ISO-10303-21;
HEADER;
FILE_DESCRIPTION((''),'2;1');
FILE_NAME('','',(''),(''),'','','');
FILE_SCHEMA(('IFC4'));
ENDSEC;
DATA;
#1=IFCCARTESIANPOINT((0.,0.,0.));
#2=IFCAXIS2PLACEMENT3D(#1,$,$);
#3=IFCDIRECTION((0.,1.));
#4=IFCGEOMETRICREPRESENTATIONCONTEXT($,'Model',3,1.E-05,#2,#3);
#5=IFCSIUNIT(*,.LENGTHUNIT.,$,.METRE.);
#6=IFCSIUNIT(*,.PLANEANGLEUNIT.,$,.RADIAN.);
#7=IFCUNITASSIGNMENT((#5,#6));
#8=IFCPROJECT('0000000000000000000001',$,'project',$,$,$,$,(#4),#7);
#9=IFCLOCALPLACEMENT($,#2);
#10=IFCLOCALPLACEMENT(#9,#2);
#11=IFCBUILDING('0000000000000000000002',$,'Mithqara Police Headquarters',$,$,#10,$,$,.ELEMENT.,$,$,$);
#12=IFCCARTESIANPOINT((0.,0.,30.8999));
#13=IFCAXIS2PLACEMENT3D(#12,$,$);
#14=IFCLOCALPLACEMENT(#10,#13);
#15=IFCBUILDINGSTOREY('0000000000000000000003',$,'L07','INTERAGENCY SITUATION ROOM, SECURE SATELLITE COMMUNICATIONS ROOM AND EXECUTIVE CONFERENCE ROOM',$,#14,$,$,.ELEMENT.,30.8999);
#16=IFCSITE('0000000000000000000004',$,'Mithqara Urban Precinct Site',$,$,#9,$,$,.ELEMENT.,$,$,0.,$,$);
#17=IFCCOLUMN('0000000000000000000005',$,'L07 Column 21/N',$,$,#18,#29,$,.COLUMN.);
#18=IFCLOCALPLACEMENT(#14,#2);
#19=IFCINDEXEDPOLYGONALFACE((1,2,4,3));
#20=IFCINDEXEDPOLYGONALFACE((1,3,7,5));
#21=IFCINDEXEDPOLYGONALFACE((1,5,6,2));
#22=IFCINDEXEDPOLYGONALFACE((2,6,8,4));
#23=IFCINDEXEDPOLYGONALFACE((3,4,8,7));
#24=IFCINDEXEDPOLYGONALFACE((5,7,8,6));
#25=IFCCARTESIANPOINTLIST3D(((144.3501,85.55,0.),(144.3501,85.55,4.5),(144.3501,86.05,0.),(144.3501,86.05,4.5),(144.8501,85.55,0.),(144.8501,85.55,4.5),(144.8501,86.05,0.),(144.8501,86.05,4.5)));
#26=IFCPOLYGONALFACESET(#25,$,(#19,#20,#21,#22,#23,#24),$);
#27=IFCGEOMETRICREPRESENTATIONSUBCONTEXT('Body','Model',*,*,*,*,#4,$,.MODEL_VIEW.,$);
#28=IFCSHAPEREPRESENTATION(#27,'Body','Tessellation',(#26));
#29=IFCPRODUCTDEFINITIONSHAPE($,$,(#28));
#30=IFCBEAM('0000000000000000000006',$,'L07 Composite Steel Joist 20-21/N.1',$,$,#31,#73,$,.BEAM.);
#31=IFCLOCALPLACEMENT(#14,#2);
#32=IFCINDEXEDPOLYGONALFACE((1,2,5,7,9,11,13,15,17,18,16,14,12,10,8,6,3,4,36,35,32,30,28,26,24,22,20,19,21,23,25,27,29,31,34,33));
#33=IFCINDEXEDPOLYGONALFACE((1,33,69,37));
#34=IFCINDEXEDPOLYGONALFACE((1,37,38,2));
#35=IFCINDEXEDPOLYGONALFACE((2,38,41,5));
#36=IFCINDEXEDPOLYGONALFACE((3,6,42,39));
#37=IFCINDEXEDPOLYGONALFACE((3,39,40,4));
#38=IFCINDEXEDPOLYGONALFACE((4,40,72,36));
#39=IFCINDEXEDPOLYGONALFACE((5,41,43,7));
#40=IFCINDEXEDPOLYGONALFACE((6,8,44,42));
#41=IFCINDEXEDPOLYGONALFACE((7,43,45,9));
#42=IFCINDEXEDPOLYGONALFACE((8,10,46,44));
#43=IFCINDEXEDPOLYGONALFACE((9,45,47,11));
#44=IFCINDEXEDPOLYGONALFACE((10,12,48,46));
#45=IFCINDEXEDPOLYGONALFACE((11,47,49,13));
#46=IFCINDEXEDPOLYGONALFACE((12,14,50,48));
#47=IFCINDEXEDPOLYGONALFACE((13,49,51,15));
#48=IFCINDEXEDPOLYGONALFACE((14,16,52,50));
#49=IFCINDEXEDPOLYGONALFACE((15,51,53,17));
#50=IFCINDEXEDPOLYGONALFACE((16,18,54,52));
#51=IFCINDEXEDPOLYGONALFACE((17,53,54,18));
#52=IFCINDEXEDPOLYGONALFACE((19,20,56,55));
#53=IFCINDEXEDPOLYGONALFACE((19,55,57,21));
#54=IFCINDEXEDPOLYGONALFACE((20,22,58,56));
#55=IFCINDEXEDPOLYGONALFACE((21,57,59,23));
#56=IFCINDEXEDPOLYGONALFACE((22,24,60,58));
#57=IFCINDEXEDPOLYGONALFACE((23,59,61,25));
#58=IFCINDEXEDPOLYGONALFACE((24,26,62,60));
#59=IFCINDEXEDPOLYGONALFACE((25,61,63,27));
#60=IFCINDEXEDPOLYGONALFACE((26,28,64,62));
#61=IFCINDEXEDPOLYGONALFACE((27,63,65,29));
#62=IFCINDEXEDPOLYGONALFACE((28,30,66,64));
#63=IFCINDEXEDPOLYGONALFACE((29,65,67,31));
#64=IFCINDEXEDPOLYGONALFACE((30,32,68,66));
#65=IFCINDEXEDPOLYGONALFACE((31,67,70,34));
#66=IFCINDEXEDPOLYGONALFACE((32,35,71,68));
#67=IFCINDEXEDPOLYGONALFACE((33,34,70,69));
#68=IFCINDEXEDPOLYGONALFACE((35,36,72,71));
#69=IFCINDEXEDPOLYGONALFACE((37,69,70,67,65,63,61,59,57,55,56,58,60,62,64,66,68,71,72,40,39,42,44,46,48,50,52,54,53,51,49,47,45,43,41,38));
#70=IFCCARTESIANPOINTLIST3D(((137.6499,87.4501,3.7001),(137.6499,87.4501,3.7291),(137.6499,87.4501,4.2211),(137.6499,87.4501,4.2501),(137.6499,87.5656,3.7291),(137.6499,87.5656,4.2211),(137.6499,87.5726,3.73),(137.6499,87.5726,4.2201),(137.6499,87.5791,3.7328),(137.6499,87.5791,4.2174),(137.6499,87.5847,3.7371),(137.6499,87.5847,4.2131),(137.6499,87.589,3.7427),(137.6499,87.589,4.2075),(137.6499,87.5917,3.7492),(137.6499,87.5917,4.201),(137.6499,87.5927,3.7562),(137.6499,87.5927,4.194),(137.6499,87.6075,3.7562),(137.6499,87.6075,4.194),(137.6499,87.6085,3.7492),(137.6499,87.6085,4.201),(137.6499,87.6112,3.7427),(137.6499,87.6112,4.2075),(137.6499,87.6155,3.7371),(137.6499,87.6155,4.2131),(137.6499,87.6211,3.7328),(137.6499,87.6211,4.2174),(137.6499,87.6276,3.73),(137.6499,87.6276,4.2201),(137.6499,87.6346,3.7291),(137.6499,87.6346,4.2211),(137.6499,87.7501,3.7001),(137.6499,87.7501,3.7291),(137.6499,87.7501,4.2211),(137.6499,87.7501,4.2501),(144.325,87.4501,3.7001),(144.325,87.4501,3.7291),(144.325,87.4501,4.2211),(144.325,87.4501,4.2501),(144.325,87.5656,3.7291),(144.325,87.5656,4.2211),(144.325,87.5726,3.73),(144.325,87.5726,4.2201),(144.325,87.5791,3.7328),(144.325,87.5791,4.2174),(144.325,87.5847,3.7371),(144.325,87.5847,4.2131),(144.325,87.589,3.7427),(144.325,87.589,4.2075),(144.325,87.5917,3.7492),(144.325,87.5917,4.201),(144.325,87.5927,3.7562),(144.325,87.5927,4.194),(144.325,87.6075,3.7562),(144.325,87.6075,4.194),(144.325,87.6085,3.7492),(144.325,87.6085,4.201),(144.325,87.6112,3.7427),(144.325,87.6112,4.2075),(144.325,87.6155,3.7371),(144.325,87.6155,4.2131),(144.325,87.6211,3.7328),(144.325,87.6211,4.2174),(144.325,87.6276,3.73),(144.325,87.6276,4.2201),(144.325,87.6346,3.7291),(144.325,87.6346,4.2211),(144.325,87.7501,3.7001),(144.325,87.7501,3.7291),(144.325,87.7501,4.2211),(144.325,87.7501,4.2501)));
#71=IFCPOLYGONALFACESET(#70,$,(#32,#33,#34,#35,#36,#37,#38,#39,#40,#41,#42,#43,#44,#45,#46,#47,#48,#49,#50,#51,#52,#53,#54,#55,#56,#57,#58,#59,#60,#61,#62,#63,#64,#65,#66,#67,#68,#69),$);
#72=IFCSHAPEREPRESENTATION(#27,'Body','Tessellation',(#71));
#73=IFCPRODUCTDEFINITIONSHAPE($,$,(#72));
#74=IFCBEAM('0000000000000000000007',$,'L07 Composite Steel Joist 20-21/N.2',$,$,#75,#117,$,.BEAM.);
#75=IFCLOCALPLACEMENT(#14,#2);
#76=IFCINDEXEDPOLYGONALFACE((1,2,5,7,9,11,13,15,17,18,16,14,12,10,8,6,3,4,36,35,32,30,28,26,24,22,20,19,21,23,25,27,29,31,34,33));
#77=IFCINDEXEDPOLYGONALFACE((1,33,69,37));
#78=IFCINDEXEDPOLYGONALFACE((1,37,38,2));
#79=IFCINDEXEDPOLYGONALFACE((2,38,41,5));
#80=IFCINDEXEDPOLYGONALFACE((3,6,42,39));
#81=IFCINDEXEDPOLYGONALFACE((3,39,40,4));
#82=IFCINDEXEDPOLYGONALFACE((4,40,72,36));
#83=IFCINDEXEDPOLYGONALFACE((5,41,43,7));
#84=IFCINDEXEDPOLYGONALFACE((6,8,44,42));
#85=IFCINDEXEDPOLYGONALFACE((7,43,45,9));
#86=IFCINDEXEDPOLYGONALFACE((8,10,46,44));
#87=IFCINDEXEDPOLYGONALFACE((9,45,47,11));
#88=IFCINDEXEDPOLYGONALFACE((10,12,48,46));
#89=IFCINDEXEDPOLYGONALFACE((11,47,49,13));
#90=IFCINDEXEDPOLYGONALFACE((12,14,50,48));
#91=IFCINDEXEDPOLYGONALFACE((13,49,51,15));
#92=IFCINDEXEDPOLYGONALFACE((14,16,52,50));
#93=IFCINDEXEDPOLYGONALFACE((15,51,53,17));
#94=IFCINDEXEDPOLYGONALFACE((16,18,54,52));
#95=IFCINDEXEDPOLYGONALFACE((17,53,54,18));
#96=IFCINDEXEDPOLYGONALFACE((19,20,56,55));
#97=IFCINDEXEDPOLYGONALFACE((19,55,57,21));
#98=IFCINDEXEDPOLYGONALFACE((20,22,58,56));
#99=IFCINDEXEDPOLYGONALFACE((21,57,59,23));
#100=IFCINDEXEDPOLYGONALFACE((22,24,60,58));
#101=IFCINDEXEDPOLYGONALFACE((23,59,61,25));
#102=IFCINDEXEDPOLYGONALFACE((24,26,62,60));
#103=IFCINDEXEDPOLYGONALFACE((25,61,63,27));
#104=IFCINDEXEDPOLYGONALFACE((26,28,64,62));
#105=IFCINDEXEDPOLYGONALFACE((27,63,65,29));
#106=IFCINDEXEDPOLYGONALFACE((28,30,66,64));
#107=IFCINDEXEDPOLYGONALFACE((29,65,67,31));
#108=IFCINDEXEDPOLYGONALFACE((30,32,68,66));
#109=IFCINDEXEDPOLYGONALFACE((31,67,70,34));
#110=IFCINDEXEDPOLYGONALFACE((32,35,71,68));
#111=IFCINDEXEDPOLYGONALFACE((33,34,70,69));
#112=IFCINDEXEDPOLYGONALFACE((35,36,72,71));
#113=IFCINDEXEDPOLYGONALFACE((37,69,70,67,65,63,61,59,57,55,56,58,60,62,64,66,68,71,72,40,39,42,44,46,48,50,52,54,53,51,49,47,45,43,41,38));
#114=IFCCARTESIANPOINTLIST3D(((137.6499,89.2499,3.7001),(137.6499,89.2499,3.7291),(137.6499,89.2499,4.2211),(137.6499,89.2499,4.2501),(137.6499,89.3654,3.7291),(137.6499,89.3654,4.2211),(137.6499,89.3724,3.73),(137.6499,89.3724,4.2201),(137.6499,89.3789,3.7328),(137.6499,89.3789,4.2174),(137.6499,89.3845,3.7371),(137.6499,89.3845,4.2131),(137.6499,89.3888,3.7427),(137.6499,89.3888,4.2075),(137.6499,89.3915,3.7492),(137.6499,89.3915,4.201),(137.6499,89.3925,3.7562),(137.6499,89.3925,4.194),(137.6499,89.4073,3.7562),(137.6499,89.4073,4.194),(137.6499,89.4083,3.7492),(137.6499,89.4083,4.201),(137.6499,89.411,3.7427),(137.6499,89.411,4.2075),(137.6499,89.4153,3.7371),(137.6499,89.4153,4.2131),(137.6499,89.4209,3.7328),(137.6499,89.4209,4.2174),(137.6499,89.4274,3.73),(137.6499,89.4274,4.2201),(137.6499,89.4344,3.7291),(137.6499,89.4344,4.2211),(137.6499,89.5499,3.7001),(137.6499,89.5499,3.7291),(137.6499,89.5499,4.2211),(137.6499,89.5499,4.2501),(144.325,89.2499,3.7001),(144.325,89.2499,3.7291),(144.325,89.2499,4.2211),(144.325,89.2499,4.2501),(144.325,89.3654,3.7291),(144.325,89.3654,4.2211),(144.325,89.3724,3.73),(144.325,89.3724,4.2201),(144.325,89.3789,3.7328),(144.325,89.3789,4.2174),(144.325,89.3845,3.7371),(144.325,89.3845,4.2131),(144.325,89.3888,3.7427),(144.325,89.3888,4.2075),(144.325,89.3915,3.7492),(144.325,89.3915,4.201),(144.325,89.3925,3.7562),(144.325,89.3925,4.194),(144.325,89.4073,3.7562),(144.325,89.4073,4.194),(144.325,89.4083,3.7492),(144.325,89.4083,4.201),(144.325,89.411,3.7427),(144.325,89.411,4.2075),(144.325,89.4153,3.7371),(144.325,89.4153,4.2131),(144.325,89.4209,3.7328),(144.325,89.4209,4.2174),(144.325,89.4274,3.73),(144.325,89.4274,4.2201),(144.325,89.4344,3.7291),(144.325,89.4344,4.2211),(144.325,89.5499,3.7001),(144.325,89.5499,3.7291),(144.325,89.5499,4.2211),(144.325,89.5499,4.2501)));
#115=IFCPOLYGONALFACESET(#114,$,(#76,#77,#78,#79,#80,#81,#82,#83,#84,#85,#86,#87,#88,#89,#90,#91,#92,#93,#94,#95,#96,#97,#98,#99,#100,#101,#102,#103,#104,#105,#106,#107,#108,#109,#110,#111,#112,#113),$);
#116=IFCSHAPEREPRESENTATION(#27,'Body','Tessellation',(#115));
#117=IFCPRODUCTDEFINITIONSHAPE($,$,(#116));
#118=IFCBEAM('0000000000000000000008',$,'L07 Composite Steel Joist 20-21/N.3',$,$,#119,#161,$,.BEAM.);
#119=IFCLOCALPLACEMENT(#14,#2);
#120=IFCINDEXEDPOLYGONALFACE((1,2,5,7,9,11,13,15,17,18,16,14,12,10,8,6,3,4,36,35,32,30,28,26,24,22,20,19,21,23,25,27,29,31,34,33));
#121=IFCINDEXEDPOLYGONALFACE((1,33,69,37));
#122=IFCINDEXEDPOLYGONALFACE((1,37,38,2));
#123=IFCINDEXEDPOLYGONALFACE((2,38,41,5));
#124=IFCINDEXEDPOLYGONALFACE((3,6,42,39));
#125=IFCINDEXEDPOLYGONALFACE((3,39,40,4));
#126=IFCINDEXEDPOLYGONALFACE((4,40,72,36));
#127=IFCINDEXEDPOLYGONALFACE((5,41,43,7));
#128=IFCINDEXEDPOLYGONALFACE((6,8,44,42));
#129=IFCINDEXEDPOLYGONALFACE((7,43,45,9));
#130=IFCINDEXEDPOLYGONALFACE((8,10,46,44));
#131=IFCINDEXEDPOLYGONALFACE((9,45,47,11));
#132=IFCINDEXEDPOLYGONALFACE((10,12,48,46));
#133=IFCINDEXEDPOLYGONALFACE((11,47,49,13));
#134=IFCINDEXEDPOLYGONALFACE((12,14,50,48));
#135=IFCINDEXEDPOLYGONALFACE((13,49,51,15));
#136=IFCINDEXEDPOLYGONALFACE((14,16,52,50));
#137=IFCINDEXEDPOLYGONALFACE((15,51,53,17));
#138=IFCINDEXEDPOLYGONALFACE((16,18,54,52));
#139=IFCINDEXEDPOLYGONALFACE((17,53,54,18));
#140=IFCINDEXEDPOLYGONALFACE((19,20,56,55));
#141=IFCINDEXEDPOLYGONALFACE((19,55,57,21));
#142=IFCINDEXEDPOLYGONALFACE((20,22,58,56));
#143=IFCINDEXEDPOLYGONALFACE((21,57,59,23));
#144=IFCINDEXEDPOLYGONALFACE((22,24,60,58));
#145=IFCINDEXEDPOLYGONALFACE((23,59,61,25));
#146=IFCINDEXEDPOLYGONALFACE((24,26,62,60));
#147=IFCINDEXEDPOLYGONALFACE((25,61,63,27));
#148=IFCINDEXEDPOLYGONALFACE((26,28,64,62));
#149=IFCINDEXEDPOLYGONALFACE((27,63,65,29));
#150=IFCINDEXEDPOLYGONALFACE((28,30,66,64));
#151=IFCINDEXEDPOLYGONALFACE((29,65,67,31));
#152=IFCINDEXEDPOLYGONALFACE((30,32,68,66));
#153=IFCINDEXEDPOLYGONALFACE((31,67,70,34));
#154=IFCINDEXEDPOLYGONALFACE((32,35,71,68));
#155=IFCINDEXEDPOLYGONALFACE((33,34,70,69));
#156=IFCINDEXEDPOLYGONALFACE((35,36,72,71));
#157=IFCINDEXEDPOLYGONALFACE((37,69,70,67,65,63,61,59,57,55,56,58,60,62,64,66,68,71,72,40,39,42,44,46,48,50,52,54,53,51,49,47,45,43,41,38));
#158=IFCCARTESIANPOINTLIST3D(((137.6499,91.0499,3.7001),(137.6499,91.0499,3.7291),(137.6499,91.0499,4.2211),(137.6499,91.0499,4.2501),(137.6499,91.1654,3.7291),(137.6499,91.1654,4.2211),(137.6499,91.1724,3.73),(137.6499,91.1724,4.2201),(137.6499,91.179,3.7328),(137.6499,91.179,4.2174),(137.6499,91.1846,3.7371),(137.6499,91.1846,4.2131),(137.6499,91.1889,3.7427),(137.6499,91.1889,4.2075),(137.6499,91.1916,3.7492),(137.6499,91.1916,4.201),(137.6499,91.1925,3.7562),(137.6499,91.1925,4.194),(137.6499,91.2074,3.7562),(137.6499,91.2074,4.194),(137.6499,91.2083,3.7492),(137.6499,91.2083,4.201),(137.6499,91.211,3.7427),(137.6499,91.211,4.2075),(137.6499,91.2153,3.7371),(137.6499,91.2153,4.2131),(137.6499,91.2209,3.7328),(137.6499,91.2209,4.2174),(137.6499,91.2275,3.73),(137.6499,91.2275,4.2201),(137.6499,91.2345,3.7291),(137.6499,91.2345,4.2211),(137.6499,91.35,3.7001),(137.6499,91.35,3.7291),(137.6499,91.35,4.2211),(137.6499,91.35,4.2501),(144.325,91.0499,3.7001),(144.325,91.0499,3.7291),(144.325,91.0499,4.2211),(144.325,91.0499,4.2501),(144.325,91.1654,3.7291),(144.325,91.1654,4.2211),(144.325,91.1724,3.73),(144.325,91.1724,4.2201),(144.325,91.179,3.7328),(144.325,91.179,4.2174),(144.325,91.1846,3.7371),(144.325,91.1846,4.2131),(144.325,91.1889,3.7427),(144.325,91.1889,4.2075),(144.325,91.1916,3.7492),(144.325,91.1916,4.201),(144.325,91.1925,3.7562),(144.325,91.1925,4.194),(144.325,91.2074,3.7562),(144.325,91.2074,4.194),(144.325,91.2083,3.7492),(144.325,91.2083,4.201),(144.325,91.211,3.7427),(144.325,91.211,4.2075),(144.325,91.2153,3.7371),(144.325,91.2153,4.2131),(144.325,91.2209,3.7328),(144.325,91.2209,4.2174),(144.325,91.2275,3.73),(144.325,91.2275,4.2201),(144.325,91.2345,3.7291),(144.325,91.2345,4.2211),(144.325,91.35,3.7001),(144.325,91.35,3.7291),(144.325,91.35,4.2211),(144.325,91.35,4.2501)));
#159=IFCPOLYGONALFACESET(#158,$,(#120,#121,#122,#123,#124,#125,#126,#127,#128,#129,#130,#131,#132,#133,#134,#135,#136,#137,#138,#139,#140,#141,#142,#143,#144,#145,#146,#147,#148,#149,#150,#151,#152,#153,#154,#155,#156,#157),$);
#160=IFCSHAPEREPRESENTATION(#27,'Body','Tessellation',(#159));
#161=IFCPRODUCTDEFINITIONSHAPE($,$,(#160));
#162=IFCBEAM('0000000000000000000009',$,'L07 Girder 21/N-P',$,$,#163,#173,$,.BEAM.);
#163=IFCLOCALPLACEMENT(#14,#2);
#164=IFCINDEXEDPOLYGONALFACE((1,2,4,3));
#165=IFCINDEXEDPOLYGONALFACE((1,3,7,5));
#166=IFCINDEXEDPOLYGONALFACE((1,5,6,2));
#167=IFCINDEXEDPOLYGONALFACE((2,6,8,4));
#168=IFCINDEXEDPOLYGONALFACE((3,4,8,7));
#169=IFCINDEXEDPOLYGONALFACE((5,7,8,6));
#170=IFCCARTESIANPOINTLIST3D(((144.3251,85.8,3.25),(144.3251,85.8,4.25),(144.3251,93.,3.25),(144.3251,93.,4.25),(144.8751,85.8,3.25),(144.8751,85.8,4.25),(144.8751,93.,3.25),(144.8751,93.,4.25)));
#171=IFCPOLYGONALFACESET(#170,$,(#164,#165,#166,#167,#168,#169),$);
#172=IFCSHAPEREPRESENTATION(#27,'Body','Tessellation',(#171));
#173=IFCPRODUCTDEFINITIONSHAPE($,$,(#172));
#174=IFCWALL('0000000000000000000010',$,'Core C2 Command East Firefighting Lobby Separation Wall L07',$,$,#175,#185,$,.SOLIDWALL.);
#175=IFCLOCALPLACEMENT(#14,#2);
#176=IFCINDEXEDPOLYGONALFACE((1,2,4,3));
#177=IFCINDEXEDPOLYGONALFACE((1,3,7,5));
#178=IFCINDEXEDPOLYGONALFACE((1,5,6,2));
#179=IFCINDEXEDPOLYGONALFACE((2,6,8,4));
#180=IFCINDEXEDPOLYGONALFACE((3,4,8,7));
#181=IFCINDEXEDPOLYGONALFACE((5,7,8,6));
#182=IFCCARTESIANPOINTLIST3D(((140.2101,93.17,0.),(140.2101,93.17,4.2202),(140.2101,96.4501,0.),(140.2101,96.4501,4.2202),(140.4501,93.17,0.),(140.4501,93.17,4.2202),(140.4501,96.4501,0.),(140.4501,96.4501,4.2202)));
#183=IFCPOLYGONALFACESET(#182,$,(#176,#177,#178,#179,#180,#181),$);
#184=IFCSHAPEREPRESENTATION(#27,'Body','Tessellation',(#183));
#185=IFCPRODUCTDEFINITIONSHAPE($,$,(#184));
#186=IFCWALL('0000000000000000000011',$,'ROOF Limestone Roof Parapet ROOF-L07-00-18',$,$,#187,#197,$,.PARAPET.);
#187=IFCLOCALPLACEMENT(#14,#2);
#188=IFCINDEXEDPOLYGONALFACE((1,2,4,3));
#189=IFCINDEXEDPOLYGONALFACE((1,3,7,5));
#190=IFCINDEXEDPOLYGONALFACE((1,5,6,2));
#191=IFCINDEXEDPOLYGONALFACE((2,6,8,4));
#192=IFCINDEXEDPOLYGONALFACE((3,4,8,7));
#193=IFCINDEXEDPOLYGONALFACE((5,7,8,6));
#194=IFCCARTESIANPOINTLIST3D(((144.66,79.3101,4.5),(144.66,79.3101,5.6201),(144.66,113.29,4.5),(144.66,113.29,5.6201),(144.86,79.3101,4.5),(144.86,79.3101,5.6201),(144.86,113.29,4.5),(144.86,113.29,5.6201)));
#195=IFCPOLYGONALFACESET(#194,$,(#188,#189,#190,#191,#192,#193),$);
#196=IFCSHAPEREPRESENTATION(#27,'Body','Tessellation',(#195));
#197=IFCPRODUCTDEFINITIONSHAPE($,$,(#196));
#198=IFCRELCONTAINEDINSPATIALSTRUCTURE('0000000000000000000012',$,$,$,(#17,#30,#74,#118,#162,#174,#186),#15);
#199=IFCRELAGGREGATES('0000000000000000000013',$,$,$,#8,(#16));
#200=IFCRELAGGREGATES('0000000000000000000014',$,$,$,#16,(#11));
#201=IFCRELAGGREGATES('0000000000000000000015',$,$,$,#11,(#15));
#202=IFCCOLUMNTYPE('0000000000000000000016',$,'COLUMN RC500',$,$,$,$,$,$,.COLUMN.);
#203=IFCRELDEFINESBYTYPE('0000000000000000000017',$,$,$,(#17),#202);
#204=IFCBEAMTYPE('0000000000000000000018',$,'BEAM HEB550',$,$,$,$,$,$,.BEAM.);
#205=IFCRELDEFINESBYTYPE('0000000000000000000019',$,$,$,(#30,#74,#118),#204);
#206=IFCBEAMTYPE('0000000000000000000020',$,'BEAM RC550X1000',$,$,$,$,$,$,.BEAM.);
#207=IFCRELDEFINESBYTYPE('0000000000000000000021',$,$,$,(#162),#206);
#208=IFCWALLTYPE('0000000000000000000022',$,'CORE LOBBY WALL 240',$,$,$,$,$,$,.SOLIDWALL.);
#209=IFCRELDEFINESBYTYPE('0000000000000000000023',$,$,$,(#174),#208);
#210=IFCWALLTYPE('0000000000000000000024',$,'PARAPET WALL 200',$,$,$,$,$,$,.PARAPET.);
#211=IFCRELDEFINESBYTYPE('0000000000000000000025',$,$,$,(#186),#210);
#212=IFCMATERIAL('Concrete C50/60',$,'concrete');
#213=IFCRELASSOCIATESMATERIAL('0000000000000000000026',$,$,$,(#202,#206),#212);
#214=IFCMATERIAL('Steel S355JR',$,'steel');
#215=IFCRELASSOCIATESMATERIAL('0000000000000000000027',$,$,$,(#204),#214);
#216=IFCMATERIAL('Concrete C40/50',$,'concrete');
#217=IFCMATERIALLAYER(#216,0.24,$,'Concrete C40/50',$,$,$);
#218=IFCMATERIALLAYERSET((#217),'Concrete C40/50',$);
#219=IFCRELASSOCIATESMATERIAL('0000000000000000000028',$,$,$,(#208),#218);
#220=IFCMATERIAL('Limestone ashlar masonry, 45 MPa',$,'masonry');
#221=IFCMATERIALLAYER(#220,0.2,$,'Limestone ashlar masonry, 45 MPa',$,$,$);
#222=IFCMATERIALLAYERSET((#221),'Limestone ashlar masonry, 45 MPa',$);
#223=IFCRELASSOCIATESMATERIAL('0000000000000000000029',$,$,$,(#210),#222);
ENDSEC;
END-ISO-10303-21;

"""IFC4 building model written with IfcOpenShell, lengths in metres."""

from ifc_helpers import new_model, si_unit, direction, frame, frame_2d, origin, origin_2d, place, context, subcontext, project, spatial, rectangle, i_section, extrude, material, layer, layer_set, material_profile, profile_set, type_object, element, save


model = new_model("IFC4")

# Units and contexts
model_context = context("Model", 3, precision=1e-05, world=origin(), true_north=direction((0.0, 1.0)))
body_context = subcontext(model_context, "Body", "Model", "MODEL_VIEW")
ifc_project = project(units=[si_unit("LENGTHUNIT", "METRE"), si_unit("PLANEANGLEUNIT", "RADIAN")], contexts=[model_context])

# Site, building, storey
site_placement = place(None, origin())
site = spatial("IfcSite", under=ifc_project, at=site_placement, Name="Mithqara Urban Precinct Site", CompositionType="ELEMENT", RefElevation=0.0)
building_placement = place(site_placement, origin())
building = spatial("IfcBuilding", under=site, at=building_placement, Name="Mithqara Police Headquarters", CompositionType="ELEMENT")
storey_placement = place(building_placement, frame((0.0, 0.0, 30.8999)))
storey = spatial("IfcBuildingStorey", under=building, at=storey_placement, Name="L07", Description="INTERAGENCY SITUATION ROOM, SECURE SATELLITE COMMUNICATIONS ROOM AND EXECUTIVE CONFERENCE ROOM", CompositionType="ELEMENT", Elevation=30.8999)

# Column
ifc_material_1 = material(Name="Concrete C50/60", Category="concrete")
ifc_material_profile_1 = material_profile(ifc_material_1, rectangle(XDim=0.5, YDim=0.5, at=origin_2d()), Name="RC 500x500")
ifc_profile_set_1 = profile_set([ifc_material_profile_1], Name="Concrete C50/60")
column_type = type_object("IfcColumnType", Name="COLUMN RC500", PredefinedType="COLUMN", material=ifc_profile_set_1)
column_placement = place(storey_placement, frame((144.6001, 85.8, 0.0), z_axis=(0.0, 0.0, 1.0), x_axis=(1.0, 0.0, 0.0)))
element("IfcColumn", 1, at=column_placement, inside=storey, type_object=column_type, Name="L07 Column 21/N", PredefinedType="COLUMN", context=body_context, shape_type="SweptSolid", body=[
    extrude(rectangle(XDim=0.5, YDim=0.5, at=origin_2d()), origin(), (0.0, 0.0, 1.0), 4.5),
])

# Beams
ifc_material_2 = material(Name="Steel S355JR", Category="steel")
ifc_material_profile_2 = material_profile(ifc_material_2, i_section(OverallWidth=0.3, OverallDepth=0.55, WebThickness=0.0149, FlangeThickness=0.0291, FilletRadius=0.0271, at=origin_2d()), Name="HEB 550")
ifc_profile_set_2 = profile_set([ifc_material_profile_2], Name="Steel S355JR")
beam_type_1 = type_object("IfcBeamType", Name="BEAM HEB550", PredefinedType="BEAM", material=ifc_profile_set_2)
for number, where, z_axis, x_axis, name in (
    (2, (137.6499, 87.6001, 3.9751), (1.0, 0.0, 0.0), (0.0, 1.0, 0.0), "L07 Composite Steel Joist 20-21/N.1"),
    (3, (137.6499, 89.3999, 3.9751), (1.0, 0.0, 0.0), (0.0, 1.0, 0.0), "L07 Composite Steel Joist 20-21/N.2"),
    (4, (137.6499, 91.2, 3.9751), (1.0, 0.0, 0.0), (0.0, 1.0, 0.0), "L07 Composite Steel Joist 20-21/N.3"),
):
    element("IfcBeam", number, at=place(storey_placement, frame(where, z_axis=z_axis, x_axis=x_axis)), inside=storey, type_object=beam_type_1, Name=name, PredefinedType="BEAM", context=body_context, shape_type="SweptSolid", body=[
        extrude(i_section(OverallWidth=0.3, OverallDepth=0.55, WebThickness=0.0149, FlangeThickness=0.0291, FilletRadius=0.0271, at=origin_2d()), origin(), (0.0, 0.0, 1.0), 6.675),
    ])
ifc_material_profile_3 = material_profile(ifc_material_1, rectangle(XDim=0.55, YDim=1.0, at=origin_2d()), Name="RC 550x1000")
ifc_profile_set_3 = profile_set([ifc_material_profile_3], Name="Concrete C50/60")
beam_type_2 = type_object("IfcBeamType", Name="BEAM RC550X1000", PredefinedType="BEAM", material=ifc_profile_set_3)
beam_placement = place(storey_placement, frame((144.6001, 85.8, 3.75), z_axis=(0.0, 1.0, 0.0), x_axis=(-1.0, 0.0, 0.0)))
element("IfcBeam", 5, at=beam_placement, inside=storey, type_object=beam_type_2, Name="L07 Girder 21/N-P", PredefinedType="BEAM", context=body_context, shape_type="SweptSolid", body=[
    extrude(rectangle(XDim=0.55, YDim=1.0, at=origin_2d()), origin(), (0.0, 0.0, 1.0), 7.2),
])

# Walls
ifc_material_3 = material(Name="Concrete C40/50", Category="concrete")
ifc_layer_1 = layer(ifc_material_3, 0.24, Name="Concrete C40/50")
ifc_layer_set_1 = layer_set([ifc_layer_1], Name="Concrete C40/50")
wall_type_1 = type_object("IfcWallType", Name="CORE LOBBY WALL 240", PredefinedType="SOLIDWALL", material=ifc_layer_set_1)
wall_1_placement = place(storey_placement, frame((140.3301, 93.1699, 0.0), z_axis=(0.0, 0.0, 1.0), x_axis=(0.0, 1.0, 0.0)))
element("IfcWall", 6, at=wall_1_placement, inside=storey, type_object=wall_type_1, Name="Core C2 Command East Firefighting Lobby Separation Wall L07", PredefinedType="SOLIDWALL", context=body_context, shape_type="SweptSolid", body=[
    extrude(rectangle(XDim=3.28, YDim=0.24, at=frame_2d((1.6401, 0.0))), origin(), (0.0, 0.0, 1.0), 4.2202),
])
ifc_material_4 = material(Name="Limestone ashlar masonry, 45 MPa", Category="masonry")
ifc_layer_2 = layer(ifc_material_4, 0.2, Name="Limestone ashlar masonry, 45 MPa")
ifc_layer_set_2 = layer_set([ifc_layer_2], Name="Limestone ashlar masonry, 45 MPa")
wall_type_2 = type_object("IfcWallType", Name="PARAPET WALL 200", PredefinedType="PARAPET", material=ifc_layer_set_2)
wall_2_placement = place(storey_placement, frame((144.76, 79.3101, 4.5), z_axis=(0.0, 0.0, 1.0), x_axis=(0.0, 1.0, 0.0)))
element("IfcWall", 7, at=wall_2_placement, inside=storey, type_object=wall_type_2, Name="ROOF Limestone Roof Parapet ROOF-L07-00-18", PredefinedType="PARAPET", context=body_context, shape_type="SweptSolid", body=[
    extrude(rectangle(XDim=33.98, YDim=0.2, at=frame_2d((16.99, 0.0))), origin(), (0.0, 0.0, 1.0), 1.1201),
])

save(model, "model.ifc")
